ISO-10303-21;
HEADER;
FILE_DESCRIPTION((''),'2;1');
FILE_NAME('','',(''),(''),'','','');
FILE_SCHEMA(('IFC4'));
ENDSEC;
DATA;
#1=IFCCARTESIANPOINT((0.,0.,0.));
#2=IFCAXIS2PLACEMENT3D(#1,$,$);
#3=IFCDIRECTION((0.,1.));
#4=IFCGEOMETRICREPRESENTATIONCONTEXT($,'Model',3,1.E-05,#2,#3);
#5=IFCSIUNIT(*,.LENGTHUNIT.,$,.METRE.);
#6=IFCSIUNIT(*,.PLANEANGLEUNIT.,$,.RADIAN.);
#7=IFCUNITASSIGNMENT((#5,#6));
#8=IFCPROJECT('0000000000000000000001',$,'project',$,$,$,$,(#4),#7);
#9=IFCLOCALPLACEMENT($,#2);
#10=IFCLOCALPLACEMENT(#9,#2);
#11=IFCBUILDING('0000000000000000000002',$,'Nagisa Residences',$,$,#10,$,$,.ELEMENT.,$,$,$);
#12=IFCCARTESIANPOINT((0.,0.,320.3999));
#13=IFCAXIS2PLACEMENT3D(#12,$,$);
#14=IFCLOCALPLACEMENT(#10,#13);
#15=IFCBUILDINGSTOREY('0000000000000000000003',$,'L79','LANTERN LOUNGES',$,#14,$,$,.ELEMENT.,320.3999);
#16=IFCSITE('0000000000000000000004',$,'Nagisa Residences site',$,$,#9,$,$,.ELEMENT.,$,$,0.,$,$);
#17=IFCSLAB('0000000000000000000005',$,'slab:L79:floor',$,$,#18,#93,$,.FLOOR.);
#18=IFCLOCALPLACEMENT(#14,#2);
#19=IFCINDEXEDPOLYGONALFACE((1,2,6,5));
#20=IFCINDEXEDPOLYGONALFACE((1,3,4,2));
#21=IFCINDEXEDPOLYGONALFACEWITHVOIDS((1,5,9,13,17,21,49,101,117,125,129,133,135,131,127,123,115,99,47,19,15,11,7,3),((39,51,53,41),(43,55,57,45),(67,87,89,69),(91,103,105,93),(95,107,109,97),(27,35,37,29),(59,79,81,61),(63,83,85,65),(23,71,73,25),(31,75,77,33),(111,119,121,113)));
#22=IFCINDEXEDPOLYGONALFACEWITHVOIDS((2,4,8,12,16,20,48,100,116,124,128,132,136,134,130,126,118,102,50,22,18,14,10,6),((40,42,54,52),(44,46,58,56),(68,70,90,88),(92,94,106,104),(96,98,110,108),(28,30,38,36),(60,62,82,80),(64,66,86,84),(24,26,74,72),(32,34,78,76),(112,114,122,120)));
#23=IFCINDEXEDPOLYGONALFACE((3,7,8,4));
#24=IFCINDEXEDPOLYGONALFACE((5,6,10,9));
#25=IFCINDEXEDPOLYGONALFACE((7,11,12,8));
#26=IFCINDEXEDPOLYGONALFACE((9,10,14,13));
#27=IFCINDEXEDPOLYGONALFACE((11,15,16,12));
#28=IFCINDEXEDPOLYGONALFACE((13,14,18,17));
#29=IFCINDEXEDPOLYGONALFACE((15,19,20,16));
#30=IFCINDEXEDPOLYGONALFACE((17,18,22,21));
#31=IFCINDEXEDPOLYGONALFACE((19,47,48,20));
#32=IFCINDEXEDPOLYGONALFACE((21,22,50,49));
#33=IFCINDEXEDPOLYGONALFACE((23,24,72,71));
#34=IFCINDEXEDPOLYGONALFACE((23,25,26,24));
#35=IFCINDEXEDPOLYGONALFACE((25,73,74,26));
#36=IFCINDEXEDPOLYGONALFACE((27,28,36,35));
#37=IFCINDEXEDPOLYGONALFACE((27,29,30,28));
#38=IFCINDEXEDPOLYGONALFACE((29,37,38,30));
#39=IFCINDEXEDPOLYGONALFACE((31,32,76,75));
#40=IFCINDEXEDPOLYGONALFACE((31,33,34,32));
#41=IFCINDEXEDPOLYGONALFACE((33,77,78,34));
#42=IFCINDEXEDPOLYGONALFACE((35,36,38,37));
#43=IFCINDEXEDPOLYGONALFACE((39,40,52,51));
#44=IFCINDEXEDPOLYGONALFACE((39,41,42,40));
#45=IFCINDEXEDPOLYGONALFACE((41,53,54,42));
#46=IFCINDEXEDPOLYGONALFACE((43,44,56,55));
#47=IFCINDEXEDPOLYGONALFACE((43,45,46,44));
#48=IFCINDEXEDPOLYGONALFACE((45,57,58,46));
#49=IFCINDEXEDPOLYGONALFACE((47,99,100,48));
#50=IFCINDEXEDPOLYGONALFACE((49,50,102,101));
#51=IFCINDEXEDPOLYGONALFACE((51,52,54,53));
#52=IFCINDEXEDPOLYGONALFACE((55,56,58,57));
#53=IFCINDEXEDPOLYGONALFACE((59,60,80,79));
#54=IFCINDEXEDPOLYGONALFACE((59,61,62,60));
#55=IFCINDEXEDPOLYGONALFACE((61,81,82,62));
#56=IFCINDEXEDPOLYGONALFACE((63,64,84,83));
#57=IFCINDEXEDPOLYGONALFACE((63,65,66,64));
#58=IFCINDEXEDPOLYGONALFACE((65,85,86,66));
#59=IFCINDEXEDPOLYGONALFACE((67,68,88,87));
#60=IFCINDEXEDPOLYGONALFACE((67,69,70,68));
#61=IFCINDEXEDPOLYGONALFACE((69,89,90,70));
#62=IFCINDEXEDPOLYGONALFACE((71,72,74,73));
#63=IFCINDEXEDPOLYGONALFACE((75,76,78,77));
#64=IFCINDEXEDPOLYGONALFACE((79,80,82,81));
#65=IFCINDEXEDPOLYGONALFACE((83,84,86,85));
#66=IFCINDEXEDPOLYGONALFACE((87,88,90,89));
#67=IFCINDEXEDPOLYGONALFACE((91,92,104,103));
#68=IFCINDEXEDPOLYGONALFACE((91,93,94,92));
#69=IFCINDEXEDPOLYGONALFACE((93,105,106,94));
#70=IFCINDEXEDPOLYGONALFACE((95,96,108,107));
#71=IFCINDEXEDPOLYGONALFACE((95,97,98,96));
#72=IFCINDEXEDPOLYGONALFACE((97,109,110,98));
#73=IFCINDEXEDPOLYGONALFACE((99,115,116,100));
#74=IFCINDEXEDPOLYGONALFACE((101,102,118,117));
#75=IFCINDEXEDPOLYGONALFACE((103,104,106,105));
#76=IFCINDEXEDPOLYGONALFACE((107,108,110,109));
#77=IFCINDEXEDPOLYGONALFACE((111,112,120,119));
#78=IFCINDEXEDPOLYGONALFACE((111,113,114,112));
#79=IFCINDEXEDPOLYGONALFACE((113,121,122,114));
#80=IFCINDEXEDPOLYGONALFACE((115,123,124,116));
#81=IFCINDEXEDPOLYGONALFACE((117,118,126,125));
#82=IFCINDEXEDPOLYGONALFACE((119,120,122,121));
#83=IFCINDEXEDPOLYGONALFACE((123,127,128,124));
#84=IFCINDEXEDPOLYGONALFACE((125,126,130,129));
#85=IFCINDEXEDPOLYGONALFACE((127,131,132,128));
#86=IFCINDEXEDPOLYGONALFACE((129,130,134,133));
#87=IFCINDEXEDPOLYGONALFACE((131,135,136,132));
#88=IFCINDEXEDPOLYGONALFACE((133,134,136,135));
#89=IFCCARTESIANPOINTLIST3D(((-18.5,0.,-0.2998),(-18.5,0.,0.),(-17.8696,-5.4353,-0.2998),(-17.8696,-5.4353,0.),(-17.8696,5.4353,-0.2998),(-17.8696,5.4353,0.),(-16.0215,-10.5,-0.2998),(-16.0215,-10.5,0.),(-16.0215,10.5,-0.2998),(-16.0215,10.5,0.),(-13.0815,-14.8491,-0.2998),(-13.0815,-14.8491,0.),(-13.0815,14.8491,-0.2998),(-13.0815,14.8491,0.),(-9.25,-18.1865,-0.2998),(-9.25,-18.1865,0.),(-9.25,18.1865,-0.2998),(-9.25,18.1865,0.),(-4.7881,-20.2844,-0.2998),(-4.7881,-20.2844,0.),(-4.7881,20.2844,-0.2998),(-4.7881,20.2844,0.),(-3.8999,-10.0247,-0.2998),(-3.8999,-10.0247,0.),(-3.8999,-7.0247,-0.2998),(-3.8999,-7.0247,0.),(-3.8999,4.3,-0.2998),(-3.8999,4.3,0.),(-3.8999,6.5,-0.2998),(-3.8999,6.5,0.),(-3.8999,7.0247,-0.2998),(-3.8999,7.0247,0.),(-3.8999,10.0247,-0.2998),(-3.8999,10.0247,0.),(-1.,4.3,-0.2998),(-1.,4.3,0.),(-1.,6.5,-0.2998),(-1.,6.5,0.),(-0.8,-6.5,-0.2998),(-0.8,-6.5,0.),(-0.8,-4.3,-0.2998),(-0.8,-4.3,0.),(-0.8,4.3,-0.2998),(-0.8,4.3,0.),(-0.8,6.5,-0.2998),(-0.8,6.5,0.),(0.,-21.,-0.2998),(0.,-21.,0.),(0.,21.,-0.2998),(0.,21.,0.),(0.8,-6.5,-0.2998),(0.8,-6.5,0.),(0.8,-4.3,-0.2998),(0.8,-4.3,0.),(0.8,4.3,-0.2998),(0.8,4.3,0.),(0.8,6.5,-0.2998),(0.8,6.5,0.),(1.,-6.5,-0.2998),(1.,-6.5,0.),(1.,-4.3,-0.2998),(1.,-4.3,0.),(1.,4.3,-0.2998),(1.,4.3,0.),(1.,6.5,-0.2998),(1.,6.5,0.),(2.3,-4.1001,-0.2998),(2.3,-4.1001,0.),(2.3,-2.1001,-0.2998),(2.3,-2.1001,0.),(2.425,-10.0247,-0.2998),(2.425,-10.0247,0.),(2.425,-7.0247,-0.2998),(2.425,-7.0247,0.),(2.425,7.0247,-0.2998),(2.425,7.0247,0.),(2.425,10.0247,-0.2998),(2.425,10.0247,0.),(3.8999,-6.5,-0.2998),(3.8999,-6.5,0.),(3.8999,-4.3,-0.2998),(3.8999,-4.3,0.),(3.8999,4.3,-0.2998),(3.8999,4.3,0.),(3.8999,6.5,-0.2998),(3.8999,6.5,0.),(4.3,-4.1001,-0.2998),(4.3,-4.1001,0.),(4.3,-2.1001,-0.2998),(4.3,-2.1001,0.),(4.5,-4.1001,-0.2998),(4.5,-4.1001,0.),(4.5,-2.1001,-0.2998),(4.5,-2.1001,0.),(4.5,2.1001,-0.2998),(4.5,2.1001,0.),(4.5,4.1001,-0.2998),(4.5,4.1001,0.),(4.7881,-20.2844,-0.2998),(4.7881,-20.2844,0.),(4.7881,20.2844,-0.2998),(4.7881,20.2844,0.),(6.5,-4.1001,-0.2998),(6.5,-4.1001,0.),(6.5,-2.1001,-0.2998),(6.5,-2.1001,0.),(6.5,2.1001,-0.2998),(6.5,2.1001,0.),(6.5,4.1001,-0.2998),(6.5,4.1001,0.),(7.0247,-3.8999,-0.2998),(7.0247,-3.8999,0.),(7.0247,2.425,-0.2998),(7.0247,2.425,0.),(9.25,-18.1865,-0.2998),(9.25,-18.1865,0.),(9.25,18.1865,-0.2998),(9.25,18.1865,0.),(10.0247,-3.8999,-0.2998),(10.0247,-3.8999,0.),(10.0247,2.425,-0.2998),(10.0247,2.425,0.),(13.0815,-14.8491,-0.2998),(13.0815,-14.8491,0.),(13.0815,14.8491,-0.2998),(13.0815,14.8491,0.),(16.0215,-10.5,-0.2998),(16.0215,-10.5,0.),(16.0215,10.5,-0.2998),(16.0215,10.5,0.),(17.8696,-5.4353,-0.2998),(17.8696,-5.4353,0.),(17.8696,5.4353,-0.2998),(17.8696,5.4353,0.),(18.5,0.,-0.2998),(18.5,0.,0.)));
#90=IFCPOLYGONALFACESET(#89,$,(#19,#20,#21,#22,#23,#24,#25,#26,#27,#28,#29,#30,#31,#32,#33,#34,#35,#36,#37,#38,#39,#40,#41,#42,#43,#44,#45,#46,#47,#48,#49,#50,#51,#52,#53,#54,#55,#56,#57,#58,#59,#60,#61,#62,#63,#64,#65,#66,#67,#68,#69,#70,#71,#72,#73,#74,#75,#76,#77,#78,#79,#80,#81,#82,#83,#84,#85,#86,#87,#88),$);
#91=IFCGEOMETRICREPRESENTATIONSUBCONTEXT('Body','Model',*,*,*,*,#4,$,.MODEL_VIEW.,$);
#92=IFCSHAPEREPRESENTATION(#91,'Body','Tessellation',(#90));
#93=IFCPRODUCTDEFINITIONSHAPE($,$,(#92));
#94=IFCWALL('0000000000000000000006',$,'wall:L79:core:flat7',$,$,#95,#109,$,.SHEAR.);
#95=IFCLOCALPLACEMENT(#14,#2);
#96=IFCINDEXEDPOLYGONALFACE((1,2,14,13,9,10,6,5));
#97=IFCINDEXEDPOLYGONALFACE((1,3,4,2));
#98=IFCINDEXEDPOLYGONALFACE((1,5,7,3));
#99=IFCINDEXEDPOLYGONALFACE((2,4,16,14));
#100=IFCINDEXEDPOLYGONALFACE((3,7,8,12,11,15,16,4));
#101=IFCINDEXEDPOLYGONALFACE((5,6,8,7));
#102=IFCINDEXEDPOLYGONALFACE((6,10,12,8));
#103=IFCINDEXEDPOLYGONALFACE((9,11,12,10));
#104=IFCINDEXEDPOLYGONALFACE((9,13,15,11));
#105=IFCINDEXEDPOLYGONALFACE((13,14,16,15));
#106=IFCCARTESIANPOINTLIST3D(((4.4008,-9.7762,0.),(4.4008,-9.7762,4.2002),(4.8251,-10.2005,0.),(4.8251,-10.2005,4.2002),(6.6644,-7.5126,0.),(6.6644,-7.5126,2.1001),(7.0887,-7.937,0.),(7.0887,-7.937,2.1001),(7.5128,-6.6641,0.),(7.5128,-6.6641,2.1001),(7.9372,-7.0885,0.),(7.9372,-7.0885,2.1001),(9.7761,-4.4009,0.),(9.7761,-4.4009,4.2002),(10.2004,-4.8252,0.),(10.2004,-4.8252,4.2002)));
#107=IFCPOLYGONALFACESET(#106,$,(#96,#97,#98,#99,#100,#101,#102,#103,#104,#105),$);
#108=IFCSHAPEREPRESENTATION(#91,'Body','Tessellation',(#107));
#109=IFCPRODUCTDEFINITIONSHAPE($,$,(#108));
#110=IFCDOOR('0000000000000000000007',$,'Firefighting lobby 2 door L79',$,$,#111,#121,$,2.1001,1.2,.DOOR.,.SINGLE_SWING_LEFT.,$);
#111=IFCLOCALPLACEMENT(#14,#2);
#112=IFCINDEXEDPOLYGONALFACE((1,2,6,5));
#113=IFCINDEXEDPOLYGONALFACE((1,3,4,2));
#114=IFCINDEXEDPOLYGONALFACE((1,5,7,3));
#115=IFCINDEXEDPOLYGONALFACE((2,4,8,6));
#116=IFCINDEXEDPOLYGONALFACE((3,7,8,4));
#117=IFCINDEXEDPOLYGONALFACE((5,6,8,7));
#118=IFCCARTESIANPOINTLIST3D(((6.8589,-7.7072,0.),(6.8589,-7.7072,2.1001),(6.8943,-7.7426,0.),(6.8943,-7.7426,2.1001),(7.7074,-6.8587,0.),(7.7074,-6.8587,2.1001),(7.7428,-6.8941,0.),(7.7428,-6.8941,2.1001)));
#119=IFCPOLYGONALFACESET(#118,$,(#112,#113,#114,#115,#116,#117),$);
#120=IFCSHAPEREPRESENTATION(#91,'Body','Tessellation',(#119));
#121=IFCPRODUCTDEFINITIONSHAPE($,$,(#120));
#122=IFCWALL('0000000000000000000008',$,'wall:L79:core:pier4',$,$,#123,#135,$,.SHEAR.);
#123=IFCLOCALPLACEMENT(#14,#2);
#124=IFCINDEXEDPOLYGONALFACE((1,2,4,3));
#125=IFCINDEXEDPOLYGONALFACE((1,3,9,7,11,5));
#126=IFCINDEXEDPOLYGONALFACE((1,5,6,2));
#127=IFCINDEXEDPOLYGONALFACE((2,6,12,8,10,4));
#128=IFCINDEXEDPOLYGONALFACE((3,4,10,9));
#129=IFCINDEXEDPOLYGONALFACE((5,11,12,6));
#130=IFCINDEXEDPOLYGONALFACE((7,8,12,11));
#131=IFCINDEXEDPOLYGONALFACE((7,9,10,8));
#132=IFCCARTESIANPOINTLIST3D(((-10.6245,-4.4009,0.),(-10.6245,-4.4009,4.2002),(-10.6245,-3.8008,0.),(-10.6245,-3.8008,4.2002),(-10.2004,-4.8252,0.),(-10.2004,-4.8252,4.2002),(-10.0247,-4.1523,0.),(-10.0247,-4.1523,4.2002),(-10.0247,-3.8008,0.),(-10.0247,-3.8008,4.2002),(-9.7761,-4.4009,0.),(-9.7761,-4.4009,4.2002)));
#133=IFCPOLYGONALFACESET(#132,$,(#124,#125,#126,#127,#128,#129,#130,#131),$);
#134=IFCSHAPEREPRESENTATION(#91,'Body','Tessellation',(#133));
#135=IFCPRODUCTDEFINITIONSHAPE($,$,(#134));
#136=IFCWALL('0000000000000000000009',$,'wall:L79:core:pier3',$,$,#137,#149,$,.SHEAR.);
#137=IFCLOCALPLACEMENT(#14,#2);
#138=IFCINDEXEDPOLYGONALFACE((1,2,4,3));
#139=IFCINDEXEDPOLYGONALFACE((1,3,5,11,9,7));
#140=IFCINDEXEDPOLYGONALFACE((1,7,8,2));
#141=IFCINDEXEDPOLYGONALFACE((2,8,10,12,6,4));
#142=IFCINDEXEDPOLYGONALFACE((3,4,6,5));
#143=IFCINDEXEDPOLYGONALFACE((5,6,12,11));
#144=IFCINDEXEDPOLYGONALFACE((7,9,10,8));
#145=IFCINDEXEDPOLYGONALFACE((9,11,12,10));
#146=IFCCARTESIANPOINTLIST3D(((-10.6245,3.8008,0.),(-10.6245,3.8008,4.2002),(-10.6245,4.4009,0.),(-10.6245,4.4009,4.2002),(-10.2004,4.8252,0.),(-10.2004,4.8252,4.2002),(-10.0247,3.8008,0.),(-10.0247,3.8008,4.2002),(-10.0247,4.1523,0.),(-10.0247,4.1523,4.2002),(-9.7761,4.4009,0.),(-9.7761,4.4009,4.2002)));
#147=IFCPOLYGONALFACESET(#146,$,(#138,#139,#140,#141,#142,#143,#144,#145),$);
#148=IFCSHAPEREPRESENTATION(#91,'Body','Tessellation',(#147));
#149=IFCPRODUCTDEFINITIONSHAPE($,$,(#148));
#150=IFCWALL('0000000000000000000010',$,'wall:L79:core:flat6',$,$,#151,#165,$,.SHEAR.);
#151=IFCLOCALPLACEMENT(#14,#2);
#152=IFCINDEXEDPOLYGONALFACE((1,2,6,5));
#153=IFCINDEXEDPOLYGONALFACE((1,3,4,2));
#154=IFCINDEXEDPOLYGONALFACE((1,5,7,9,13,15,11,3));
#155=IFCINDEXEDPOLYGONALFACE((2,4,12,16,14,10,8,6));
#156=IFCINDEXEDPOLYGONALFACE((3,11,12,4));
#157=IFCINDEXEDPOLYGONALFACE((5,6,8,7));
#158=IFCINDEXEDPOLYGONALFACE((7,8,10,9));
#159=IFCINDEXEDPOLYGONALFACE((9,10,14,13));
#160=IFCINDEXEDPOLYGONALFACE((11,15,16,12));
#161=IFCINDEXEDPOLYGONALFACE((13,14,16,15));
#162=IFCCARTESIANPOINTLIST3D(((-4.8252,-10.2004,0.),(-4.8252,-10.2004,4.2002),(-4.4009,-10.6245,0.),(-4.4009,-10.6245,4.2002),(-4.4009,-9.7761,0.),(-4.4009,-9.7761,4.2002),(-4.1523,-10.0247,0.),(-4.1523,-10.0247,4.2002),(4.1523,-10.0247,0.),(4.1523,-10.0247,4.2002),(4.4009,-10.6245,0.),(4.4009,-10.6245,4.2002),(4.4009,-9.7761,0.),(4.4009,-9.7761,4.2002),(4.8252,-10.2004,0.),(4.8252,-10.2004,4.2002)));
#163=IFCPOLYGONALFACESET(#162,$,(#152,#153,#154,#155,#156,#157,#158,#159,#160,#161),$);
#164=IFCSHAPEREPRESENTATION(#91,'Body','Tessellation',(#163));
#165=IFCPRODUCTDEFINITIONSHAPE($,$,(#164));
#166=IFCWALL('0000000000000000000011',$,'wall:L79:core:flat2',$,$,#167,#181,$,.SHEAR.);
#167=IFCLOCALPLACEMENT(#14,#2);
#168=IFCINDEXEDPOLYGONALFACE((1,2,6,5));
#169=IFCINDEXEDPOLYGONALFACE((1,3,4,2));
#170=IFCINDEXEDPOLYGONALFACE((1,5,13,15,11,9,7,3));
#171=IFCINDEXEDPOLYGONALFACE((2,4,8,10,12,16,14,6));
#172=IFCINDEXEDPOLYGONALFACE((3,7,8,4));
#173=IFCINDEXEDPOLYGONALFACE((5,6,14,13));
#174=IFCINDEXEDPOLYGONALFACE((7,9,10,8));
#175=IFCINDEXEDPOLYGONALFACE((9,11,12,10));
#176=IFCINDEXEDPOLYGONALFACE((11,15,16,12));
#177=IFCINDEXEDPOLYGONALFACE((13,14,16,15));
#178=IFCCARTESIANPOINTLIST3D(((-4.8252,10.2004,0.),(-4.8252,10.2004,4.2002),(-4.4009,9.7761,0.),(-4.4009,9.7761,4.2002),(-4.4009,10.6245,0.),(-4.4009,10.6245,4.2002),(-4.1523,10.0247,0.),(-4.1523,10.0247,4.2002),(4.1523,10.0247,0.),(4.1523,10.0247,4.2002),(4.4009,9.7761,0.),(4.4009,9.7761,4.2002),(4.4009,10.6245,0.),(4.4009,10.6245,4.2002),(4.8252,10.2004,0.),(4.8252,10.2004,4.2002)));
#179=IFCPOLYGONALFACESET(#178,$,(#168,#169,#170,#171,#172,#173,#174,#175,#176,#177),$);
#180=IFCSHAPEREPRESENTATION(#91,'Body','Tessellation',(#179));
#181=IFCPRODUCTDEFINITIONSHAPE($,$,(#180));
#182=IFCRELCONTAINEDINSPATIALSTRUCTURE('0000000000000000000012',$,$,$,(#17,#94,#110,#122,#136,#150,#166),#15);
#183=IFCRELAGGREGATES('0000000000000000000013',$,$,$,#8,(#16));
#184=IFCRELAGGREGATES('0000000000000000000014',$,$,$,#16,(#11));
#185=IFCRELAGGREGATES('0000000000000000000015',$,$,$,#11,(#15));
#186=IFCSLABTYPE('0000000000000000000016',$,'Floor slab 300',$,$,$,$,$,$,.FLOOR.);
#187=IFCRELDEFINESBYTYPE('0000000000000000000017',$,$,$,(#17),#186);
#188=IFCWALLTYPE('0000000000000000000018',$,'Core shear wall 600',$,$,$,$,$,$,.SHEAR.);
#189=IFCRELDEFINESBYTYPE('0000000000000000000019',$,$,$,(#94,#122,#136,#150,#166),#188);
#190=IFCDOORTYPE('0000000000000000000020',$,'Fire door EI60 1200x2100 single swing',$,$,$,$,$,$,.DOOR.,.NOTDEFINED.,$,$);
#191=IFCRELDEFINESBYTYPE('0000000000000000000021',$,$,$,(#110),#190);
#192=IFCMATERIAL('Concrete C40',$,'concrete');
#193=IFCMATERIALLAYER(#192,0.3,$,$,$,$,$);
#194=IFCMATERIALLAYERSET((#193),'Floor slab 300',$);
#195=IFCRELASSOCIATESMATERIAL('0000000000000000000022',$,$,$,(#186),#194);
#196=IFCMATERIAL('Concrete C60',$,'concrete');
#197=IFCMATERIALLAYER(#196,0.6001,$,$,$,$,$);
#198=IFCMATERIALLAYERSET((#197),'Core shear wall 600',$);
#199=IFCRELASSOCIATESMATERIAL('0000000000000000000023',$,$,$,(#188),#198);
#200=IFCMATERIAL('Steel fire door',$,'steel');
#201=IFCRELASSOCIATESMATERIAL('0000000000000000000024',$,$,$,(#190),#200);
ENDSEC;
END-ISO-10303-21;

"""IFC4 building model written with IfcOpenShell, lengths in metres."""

from ifc_helpers import new_model, si_unit, direction, frame, frame_2d, origin, place, context, subcontext, project, spatial, polyline, rectangle, outline, extrude, material, layer, layer_set, type_object, element, fill, save


model = new_model("IFC4")

# Units and contexts
model_context = context("Model", 3, precision=1e-05, world=origin(), true_north=direction((0.0, 1.0)))
body_context = subcontext(model_context, "Body", "Model", "MODEL_VIEW")
ifc_project = project(units=[si_unit("LENGTHUNIT", "METRE"), si_unit("PLANEANGLEUNIT", "RADIAN")], contexts=[model_context])

# Site, building, storey
site_placement = place(None, origin())
site = spatial("IfcSite", under=ifc_project, at=site_placement, Name="Nagisa Residences site", CompositionType="ELEMENT", RefElevation=0.0)
building_placement = place(site_placement, origin())
building = spatial("IfcBuilding", under=site, at=building_placement, Name="Nagisa Residences", CompositionType="ELEMENT")
storey_placement = place(building_placement, frame((0.0, 0.0, 320.3999)))
storey = spatial("IfcBuildingStorey", under=building, at=storey_placement, Name="L79", Description="LANTERN LOUNGES", CompositionType="ELEMENT", Elevation=320.3999)

# Slab
ifc_material_1 = material(Name="Concrete C40", Category="concrete")
ifc_layer_1 = layer(ifc_material_1, 0.3)
ifc_layer_set_1 = layer_set([ifc_layer_1], Name="Floor slab 300")
slab_type = type_object("IfcSlabType", Name="Floor slab 300", PredefinedType="FLOOR", material=ifc_layer_set_1)
slab_placement = place(storey_placement, frame((0.0, 0.0, -0.2998)))
element("IfcSlab", 1, at=slab_placement, inside=storey, type_object=slab_type, Name="slab:L79:floor", PredefinedType="FLOOR", context=body_context, shape_type="SweptSolid", body=[
    extrude(outline(polyline([(18.5, 0.0), (17.8696, 5.4353), (16.0215, 10.5), (13.0815, 14.8491), (9.25, 18.1865), (4.7881, 20.2844), (0.0, 21.0), (-4.7881, 20.2844), (-9.25, 18.1865), (-13.0815, 14.8491), (-16.0215, 10.5), (-17.8696, 5.4353), (-18.5, 0.0), (-17.8696, -5.4353), (-16.0215, -10.5), (-13.0815, -14.8491), (-9.25, -18.1865), (-4.7881, -20.2844), (0.0, -21.0), (4.7881, -20.2844), (9.25, -18.1865), (13.0815, -14.8491), (16.0215, -10.5), (17.8696, -5.4353), (18.5, 0.0)]), holes=[polyline([(6.5, 2.1001), (6.5, 4.1001), (4.5, 4.1001), (4.5, 2.1001), (6.5, 2.1001)]), polyline([(4.3, -4.1001), (4.3, -2.1001), (2.3, -2.1001), (2.3, -4.1001), (4.3, -4.1001)]), polyline([(6.5, -4.1001), (6.5, -2.1001), (4.5, -2.1001), (4.5, -4.1001), (6.5, -4.1001)]), polyline([(3.8999, 4.3), (3.8999, 6.5), (1.0, 6.5), (1.0, 4.3), (3.8999, 4.3)]), polyline([(3.8999, -6.5), (3.8999, -4.3), (1.0, -4.3), (1.0, -6.5), (3.8999, -6.5)]), polyline([(-1.0, 4.3), (-1.0, 6.5), (-3.8999, 6.5), (-3.8999, 4.3), (-1.0, 4.3)]), polyline([(0.8, 4.3), (0.8, 6.5), (-0.8, 6.5), (-0.8, 4.3), (0.8, 4.3)]), polyline([(0.8, -6.5), (0.8, -4.3), (-0.8, -4.3), (-0.8, -6.5), (0.8, -6.5)]), polyline([(10.0247, -3.8999), (7.0247, -3.8999), (7.0247, 2.425), (10.0247, 2.425), (10.0247, -3.8999)]), polyline([(-3.8999, 7.0247), (-3.8999, 10.0247), (2.425, 10.0247), (2.425, 7.0247), (-3.8999, 7.0247)]), polyline([(-3.8999, -10.0247), (-3.8999, -7.0247), (2.425, -7.0247), (2.425, -10.0247), (-3.8999, -10.0247)])]), origin(), (0.0, 0.0, 1.0), 0.2998),
])

# Wall, opening, door
ifc_material_2 = material(Name="Concrete C60", Category="concrete")
ifc_layer_2 = layer(ifc_material_2, 0.6001)
ifc_layer_set_2 = layer_set([ifc_layer_2], Name="Core shear wall 600")
wall_type_1 = type_object("IfcWallType", Name="Core shear wall 600", PredefinedType="SHEAR", material=ifc_layer_set_2)
wall_1_placement = place(storey_placement, frame((4.613, -9.9883, 0.0), z_axis=(0.0, 0.0, 1.0), x_axis=(0.707107, 0.707107, 0.0)))
wall_1 = element("IfcWall", 2, at=wall_1_placement, inside=storey, type_object=wall_type_1, Name="wall:L79:core:flat7", PredefinedType="SHEAR", context=body_context, shape_type="SweptSolid", body=[
    extrude(rectangle(XDim=7.6018, YDim=0.6001, at=frame_2d((3.8008, 0.0))), origin(), (0.0, 0.0, 1.0), 4.2002),
])
opening_1_placement = place(wall_1_placement, frame((3.2009, 0.0, 0.0)))
opening_1 = element("IfcOpeningElement", 3, at=opening_1_placement, cuts=wall_1, PredefinedType="OPENING", context=body_context, shape_type="SweptSolid", body=[
    extrude(rectangle(XDim=1.2, YDim=2.1001, at=frame_2d((0.6001, 1.05))), frame((0.0, 0.3101, 0.0), z_axis=(0.0, -1.0, 0.0), x_axis=(1.0, 0.0, 0.0)), (0.0, 0.0, 1.0), 0.6201),
])
ifc_material_3 = material(Name="Steel fire door", Category="steel")
door_type_1 = type_object("IfcDoorType", Name="Fire door EI60 1200x2100 single swing", OperationType="NOTDEFINED", PredefinedType="DOOR", material=ifc_material_3)
door_1_placement = place(opening_1_placement, origin())
door_1 = element("IfcDoor", 4, at=door_1_placement, inside=storey, type_object=door_type_1, Name="Firefighting lobby 2 door L79", OperationType="SINGLE_SWING_LEFT", OverallHeight=2.1001, OverallWidth=1.2, PredefinedType="DOOR", context=body_context, shape_type="SweptSolid", body=[
    extrude(rectangle(XDim=1.2, YDim=2.1001, at=frame_2d((0.6001, 1.05))), frame((0.0, 0.0249, 0.0), z_axis=(0.0, -1.0, 0.0), x_axis=(1.0, 0.0, 0.0)), (0.0, 0.0, 1.0), 0.05),
])
fill(opening_1, door_1)

# Walls
wall_2_placement = place(storey_placement, origin())
element("IfcWall", 5, at=wall_2_placement, inside=storey, type_object=wall_type_1, Name="wall:L79:core:pier4", PredefinedType="SHEAR", context=body_context, shape_type="SweptSolid", body=[
    extrude(outline(polyline([(-10.6245, -3.8008), (-10.0247, -3.8008), (-10.0247, -4.1523), (-9.7761, -4.4009), (-10.2004, -4.8252), (-10.6245, -4.4009), (-10.6245, -3.8008)])), origin(), (0.0, 0.0, 1.0), 4.2002),
])
wall_3_placement = place(storey_placement, origin())
element("IfcWall", 6, at=wall_3_placement, inside=storey, type_object=wall_type_1, Name="wall:L79:core:pier3", PredefinedType="SHEAR", context=body_context, shape_type="SweptSolid", body=[
    extrude(outline(polyline([(-10.2004, 4.8252), (-9.7761, 4.4009), (-10.0247, 4.1523), (-10.0247, 3.8008), (-10.6245, 3.8008), (-10.6245, 4.4009), (-10.2004, 4.8252)])), origin(), (0.0, 0.0, 1.0), 4.2002),
])
wall_4_placement = place(storey_placement, origin())
element("IfcWall", 7, at=wall_4_placement, inside=storey, type_object=wall_type_1, Name="wall:L79:core:flat6", PredefinedType="SHEAR", context=body_context, shape_type="SweptSolid", body=[
    extrude(outline(polyline([(-4.1523, -10.0247), (4.1523, -10.0247), (4.4009, -9.7761), (4.8252, -10.2004), (4.4009, -10.6245), (-4.4009, -10.6245), (-4.8252, -10.2004), (-4.4009, -9.7761), (-4.1523, -10.0247)])), origin(), (0.0, 0.0, 1.0), 4.2002),
])
wall_5_placement = place(storey_placement, origin())
element("IfcWall", 8, at=wall_5_placement, inside=storey, type_object=wall_type_1, Name="wall:L79:core:flat2", PredefinedType="SHEAR", context=body_context, shape_type="SweptSolid", body=[
    extrude(outline(polyline([(-4.1523, 10.0247), (-4.4009, 9.7761), (-4.8252, 10.2004), (-4.4009, 10.6245), (4.4009, 10.6245), (4.8252, 10.2004), (4.4009, 9.7761), (4.1523, 10.0247), (-4.1523, 10.0247)])), origin(), (0.0, 0.0, 1.0), 4.2002),
])

save(model, "model.ifc")
